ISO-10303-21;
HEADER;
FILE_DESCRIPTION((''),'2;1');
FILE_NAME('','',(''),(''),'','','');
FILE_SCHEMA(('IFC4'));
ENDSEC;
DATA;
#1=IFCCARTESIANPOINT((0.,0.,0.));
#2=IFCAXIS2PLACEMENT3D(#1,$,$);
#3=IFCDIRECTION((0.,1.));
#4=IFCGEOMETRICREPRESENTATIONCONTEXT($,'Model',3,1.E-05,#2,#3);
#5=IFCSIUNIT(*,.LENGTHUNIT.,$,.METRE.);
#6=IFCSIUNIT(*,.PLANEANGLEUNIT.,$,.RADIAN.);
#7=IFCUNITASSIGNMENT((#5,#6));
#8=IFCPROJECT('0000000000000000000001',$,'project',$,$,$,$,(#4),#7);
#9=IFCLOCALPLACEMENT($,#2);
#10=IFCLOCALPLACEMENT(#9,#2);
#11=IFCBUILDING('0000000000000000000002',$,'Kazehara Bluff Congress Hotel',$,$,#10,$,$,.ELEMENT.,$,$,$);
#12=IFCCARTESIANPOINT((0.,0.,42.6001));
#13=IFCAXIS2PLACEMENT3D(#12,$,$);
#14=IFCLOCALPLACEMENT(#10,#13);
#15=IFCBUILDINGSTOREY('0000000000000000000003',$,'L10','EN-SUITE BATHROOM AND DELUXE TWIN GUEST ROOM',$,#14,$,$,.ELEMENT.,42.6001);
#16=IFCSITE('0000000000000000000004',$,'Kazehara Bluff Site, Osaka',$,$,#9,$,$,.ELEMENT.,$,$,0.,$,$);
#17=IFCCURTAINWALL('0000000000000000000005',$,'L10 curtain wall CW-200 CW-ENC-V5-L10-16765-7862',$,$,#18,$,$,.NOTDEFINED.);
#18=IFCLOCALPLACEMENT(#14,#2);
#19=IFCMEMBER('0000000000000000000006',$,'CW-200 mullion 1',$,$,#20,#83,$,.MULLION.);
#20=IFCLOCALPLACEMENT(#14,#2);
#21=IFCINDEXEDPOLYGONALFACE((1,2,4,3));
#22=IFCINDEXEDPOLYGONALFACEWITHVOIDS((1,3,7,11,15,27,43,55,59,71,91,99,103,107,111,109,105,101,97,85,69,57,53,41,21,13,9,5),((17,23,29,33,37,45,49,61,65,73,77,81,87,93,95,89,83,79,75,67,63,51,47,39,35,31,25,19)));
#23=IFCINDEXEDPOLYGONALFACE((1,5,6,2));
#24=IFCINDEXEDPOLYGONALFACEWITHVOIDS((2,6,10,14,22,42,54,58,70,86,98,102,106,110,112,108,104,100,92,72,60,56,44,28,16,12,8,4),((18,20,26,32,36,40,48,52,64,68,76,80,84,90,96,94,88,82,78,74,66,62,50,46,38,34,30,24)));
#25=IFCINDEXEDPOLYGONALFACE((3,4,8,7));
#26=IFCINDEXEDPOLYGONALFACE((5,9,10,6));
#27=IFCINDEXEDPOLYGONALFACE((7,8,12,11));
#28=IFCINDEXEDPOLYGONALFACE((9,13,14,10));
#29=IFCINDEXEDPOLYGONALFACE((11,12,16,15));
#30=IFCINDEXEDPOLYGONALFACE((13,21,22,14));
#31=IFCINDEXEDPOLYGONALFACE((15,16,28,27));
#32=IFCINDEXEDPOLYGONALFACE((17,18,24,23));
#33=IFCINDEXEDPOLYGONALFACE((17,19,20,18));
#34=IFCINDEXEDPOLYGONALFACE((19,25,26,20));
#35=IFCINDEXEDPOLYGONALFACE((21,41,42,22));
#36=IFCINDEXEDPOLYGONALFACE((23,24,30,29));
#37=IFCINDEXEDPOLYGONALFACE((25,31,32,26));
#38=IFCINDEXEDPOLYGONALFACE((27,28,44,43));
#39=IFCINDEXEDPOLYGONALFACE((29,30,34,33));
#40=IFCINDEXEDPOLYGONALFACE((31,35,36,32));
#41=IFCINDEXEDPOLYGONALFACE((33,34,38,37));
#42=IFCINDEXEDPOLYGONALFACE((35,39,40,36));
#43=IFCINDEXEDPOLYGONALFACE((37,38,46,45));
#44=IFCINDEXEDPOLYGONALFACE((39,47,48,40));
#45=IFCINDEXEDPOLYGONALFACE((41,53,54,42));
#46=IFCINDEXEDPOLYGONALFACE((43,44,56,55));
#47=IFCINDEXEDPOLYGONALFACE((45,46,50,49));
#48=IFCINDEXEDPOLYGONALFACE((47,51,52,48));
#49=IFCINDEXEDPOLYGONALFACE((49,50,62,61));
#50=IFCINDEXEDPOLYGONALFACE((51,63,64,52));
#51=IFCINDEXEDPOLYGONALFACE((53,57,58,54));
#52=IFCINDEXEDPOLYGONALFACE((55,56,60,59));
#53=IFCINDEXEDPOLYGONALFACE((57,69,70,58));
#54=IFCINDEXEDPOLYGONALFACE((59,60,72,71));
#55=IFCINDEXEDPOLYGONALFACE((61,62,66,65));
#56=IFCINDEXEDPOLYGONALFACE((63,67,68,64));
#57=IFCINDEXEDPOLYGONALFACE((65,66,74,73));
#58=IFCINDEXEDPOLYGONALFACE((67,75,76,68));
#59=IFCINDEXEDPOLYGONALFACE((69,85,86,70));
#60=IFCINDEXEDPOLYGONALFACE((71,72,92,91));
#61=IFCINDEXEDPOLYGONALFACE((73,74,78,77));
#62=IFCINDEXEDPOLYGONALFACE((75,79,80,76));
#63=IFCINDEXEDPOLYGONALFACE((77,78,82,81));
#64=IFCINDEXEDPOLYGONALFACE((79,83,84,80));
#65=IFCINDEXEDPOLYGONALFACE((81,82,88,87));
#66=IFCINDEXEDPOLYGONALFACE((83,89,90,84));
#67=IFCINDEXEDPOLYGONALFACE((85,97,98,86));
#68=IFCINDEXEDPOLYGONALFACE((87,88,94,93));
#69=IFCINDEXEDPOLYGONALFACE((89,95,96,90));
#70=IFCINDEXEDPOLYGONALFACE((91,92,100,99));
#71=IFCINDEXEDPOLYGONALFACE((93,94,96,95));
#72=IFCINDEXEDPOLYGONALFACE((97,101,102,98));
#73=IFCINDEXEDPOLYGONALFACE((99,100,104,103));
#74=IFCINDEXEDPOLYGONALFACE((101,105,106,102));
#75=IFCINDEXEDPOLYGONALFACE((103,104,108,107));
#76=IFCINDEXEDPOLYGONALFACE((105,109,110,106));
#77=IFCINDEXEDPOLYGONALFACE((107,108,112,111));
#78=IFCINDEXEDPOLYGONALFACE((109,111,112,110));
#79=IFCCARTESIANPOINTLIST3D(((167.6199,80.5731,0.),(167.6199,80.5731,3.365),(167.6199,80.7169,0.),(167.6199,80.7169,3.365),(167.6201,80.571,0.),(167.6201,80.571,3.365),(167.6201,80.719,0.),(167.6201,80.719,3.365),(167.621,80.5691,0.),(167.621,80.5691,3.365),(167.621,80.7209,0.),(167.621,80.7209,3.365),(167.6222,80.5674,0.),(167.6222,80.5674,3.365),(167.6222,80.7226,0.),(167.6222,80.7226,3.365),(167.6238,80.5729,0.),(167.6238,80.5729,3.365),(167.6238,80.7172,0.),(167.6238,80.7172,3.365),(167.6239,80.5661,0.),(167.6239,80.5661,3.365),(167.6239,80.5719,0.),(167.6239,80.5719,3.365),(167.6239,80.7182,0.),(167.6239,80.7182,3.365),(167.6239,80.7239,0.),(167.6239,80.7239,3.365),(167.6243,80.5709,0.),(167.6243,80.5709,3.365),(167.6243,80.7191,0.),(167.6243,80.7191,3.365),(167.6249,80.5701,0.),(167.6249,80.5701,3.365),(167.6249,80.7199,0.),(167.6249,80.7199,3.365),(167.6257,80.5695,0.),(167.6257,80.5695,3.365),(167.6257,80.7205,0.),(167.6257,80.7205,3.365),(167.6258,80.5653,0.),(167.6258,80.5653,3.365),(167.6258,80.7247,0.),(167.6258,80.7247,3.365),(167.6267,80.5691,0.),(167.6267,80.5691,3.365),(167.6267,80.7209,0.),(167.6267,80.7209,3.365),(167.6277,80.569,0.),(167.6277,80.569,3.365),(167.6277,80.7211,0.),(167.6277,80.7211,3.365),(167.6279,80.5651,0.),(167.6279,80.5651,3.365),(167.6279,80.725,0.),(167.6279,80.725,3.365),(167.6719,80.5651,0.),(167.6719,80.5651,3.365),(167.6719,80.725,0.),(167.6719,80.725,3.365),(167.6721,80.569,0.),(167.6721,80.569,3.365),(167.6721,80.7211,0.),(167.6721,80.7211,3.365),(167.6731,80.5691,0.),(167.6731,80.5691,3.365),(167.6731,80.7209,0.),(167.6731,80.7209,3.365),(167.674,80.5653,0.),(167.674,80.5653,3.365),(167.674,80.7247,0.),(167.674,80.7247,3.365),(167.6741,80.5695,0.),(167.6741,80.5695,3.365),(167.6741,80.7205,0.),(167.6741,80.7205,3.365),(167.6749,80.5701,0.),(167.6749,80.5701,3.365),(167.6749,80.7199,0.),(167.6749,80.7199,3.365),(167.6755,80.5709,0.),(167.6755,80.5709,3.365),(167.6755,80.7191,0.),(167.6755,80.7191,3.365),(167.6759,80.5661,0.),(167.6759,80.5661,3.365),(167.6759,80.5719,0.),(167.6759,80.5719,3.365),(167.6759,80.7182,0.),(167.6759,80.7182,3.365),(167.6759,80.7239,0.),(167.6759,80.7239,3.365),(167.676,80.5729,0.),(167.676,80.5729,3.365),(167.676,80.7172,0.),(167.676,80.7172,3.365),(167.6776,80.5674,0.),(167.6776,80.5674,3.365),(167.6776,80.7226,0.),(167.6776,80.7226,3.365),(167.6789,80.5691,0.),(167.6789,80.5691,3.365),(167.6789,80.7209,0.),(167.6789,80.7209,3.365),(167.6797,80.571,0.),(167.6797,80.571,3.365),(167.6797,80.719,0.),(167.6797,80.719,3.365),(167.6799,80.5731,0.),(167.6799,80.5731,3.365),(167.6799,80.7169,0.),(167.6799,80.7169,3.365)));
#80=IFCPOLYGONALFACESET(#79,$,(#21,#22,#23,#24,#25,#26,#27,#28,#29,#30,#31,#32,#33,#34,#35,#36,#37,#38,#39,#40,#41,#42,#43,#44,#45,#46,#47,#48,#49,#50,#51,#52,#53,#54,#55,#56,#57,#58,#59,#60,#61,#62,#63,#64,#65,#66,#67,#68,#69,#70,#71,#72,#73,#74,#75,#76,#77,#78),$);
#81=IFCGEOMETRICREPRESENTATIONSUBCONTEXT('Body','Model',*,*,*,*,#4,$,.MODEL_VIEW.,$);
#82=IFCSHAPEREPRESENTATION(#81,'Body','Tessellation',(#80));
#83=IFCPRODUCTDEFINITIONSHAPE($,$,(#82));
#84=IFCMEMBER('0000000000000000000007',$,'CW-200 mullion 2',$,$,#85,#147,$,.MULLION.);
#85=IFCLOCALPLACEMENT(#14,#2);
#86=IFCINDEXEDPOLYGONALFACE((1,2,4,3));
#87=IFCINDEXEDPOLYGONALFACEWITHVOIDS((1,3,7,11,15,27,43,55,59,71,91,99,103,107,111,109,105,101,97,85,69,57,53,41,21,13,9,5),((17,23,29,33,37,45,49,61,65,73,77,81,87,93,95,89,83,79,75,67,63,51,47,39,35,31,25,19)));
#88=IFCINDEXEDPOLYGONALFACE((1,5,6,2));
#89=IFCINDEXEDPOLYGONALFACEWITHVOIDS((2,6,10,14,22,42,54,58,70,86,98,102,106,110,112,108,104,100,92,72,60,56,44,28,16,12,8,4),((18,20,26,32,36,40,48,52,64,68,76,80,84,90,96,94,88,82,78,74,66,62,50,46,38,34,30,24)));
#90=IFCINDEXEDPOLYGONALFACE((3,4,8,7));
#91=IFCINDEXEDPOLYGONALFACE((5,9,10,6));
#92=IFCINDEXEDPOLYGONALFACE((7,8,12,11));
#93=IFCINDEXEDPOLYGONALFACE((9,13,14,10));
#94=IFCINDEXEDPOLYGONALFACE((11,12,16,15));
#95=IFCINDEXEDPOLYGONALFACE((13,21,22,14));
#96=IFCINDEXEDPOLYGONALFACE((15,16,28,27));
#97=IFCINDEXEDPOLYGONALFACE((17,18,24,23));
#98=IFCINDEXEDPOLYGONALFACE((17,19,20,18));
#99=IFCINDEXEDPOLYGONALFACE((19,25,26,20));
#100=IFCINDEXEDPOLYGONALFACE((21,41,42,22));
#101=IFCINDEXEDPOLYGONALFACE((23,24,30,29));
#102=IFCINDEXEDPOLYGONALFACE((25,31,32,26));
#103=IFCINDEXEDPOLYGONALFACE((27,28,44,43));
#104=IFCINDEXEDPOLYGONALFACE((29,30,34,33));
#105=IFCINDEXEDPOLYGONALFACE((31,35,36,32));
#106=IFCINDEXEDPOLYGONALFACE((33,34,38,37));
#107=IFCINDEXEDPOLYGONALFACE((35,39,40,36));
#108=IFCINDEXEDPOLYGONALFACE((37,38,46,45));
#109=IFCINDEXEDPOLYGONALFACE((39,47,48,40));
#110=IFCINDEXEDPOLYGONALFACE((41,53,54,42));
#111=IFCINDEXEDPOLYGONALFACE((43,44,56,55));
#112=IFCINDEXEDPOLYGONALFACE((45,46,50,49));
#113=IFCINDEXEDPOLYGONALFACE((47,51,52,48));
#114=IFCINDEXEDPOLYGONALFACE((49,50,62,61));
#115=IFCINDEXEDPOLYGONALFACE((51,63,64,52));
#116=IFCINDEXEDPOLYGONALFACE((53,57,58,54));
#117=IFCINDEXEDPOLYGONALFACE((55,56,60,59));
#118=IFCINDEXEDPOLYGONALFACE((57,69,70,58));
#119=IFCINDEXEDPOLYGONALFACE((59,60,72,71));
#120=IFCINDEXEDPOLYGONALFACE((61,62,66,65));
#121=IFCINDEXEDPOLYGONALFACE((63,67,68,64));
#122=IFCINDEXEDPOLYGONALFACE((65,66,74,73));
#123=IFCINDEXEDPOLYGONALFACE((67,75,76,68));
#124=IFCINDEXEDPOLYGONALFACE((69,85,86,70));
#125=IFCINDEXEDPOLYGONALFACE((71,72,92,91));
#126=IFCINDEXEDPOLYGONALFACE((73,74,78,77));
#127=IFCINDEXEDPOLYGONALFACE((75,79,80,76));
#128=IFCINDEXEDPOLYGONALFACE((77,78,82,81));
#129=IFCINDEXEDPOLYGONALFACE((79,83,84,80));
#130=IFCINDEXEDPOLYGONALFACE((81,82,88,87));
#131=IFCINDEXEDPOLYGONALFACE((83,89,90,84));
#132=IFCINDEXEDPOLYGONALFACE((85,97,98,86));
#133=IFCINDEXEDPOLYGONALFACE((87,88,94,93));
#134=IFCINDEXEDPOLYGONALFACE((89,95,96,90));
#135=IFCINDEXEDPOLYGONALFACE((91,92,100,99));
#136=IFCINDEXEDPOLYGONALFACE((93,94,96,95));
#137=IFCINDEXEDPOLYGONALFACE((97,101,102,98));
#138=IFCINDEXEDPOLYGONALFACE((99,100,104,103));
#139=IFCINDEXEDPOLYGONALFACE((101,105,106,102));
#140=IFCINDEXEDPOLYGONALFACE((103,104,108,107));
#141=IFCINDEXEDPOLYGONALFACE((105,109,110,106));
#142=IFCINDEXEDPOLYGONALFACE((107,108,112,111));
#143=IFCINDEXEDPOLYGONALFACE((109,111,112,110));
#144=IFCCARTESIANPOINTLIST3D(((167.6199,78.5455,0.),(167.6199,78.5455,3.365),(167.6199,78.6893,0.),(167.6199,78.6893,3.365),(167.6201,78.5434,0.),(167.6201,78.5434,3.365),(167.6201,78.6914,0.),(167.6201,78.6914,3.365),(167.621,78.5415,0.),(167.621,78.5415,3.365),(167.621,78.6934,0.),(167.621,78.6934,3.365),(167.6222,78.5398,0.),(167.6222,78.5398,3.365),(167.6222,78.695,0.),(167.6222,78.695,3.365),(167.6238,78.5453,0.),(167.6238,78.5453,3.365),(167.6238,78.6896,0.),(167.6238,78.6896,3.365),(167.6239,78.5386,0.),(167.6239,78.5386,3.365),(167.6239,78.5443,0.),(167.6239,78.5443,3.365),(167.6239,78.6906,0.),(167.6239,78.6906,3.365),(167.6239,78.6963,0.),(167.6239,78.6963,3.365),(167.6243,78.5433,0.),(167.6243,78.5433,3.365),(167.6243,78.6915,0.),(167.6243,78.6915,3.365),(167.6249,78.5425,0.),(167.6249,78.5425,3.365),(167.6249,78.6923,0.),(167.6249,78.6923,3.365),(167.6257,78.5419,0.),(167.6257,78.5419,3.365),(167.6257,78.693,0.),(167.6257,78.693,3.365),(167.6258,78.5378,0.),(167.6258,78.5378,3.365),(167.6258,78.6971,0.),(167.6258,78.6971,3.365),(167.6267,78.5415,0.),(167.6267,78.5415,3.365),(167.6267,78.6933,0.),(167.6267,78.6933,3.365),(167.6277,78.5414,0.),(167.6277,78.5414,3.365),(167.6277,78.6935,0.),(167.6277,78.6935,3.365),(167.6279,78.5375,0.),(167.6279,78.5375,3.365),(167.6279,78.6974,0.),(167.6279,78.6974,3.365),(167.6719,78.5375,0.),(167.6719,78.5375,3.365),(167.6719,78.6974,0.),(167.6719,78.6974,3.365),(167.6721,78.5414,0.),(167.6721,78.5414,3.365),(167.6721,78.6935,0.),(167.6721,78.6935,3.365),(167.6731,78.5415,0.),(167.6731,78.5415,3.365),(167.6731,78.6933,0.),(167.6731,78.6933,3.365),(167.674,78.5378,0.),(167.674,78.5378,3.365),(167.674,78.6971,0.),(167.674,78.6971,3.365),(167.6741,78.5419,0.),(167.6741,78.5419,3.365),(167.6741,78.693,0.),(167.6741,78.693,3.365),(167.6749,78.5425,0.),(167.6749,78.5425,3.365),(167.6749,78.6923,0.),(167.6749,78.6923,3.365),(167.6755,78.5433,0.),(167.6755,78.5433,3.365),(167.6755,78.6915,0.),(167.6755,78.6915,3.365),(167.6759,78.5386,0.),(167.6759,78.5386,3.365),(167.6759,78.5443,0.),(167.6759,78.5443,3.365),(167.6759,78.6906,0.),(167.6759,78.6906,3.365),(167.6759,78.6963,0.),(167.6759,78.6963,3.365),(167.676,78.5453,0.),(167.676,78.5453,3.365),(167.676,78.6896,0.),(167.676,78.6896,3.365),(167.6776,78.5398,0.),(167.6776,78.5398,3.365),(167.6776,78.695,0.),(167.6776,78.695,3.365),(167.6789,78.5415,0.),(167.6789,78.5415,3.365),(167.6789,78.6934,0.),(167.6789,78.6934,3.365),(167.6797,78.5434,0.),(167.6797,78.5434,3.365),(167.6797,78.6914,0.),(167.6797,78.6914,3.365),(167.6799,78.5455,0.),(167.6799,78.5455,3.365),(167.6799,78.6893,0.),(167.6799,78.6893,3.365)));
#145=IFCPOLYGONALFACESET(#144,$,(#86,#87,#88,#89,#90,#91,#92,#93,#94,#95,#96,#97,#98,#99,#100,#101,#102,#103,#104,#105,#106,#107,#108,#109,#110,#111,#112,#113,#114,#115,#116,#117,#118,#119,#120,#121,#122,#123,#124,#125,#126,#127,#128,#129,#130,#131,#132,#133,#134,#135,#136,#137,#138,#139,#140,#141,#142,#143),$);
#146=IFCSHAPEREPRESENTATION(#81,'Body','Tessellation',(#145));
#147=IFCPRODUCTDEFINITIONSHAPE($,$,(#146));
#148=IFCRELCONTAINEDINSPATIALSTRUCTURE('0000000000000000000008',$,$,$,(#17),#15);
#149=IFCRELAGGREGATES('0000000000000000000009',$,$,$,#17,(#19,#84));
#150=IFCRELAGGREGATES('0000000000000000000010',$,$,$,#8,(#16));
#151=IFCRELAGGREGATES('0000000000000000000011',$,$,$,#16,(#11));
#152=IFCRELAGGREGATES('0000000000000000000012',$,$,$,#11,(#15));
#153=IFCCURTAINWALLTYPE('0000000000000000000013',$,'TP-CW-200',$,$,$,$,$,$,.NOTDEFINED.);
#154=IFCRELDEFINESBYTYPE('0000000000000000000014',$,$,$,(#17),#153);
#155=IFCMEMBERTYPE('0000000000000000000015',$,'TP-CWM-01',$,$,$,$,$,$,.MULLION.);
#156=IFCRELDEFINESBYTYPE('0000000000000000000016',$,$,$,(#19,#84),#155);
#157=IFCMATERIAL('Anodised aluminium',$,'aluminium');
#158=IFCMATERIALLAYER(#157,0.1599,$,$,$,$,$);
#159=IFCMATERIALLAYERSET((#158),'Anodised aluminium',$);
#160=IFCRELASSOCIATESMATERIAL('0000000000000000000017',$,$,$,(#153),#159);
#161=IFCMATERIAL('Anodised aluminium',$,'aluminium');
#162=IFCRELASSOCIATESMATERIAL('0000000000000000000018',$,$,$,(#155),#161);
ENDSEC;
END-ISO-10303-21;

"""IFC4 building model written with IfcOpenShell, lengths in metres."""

from ifc_helpers import new_model, si_unit, direction, frame, origin, origin_2d, place, context, subcontext, project, spatial, hollow_rectangle, extrude, material, layer, layer_set, material_profile, profile_set, type_object, element, aggregate, save


model = new_model("IFC4")

# Units and contexts
model_context = context("Model", 3, precision=1e-05, world=origin(), true_north=direction((0.0, 1.0)))
body_context = subcontext(model_context, "Body", "Model", "MODEL_VIEW")
ifc_project = project(units=[si_unit("LENGTHUNIT", "METRE"), si_unit("PLANEANGLEUNIT", "RADIAN")], contexts=[model_context])

# Site, building, storey
site_placement = place(None, origin())
site = spatial("IfcSite", under=ifc_project, at=site_placement, Name="Kazehara Bluff Site, Osaka", CompositionType="ELEMENT", RefElevation=0.0)
building_placement = place(site_placement, origin())
building = spatial("IfcBuilding", under=site, at=building_placement, Name="Kazehara Bluff Congress Hotel", CompositionType="ELEMENT")
storey_placement = place(building_placement, frame((0.0, 0.0, 42.6001)))
storey = spatial("IfcBuildingStorey", under=building, at=storey_placement, Name="L10", Description="EN-SUITE BATHROOM AND DELUXE TWIN GUEST ROOM", CompositionType="ELEMENT", Elevation=42.6001)

# Curtain wall, members
ifc_material_1 = material(Name="Anodised aluminium", Category="aluminium")
ifc_layer_1 = layer(ifc_material_1, 0.1599)
ifc_layer_set_1 = layer_set([ifc_layer_1], Name="Anodised aluminium")
curtain_wall_type_1 = type_object("IfcCurtainWallType", Name="TP-CW-200", PredefinedType="NOTDEFINED", material=ifc_layer_set_1)
curtain_wall_1_placement = place(storey_placement, origin())
curtain_wall_1 = element("IfcCurtainWall", 1, at=curtain_wall_1_placement, inside=storey, type_object=curtain_wall_type_1, Name="L10 curtain wall CW-200 CW-ENC-V5-L10-16765-7862", PredefinedType="NOTDEFINED")
ifc_material_2 = material(Name="Anodised aluminium", Category="aluminium")
ifc_material_profile_1 = material_profile(ifc_material_2, hollow_rectangle(XDim=0.0601, YDim=0.1599, WallThickness=0.0039, InnerFilletRadius=0.0039, OuterFilletRadius=0.0081, at=origin_2d()))
ifc_profile_set_1 = profile_set([ifc_material_profile_1], Name="Anodised aluminium")
member_type_1 = type_object("IfcMemberType", Name="TP-CWM-01", PredefinedType="MULLION", material=ifc_profile_set_1)
member_1_placement = place(storey_placement, frame((167.6499, 80.645, 0.0), z_axis=(0.0, 0.0, 1.0), x_axis=(1.0, 0.0, 0.0)))
member_1 = element("IfcMember", 2, at=member_1_placement, type_object=member_type_1, Name="CW-200 mullion 1", PredefinedType="MULLION", context=body_context, shape_type="SweptSolid", body=[
    extrude(hollow_rectangle(XDim=0.0601, YDim=0.1599, WallThickness=0.0039, InnerFilletRadius=0.0039, OuterFilletRadius=0.0081, at=origin_2d()), origin(), (0.0, 0.0, 1.0), 3.365),
])
member_2_placement = place(storey_placement, frame((167.6499, 78.6174, 0.0), z_axis=(0.0, 0.0, 1.0), x_axis=(1.0, 0.0, 0.0)))
member_2 = element("IfcMember", 3, at=member_2_placement, type_object=member_type_1, Name="CW-200 mullion 2", PredefinedType="MULLION", context=body_context, shape_type="SweptSolid", body=[
    extrude(hollow_rectangle(XDim=0.0601, YDim=0.1599, WallThickness=0.0039, InnerFilletRadius=0.0039, OuterFilletRadius=0.0081, at=origin_2d()), origin(), (0.0, 0.0, 1.0), 3.365),
])

aggregate(curtain_wall_1, [member_1, member_2])

save(model, "model.ifc")
